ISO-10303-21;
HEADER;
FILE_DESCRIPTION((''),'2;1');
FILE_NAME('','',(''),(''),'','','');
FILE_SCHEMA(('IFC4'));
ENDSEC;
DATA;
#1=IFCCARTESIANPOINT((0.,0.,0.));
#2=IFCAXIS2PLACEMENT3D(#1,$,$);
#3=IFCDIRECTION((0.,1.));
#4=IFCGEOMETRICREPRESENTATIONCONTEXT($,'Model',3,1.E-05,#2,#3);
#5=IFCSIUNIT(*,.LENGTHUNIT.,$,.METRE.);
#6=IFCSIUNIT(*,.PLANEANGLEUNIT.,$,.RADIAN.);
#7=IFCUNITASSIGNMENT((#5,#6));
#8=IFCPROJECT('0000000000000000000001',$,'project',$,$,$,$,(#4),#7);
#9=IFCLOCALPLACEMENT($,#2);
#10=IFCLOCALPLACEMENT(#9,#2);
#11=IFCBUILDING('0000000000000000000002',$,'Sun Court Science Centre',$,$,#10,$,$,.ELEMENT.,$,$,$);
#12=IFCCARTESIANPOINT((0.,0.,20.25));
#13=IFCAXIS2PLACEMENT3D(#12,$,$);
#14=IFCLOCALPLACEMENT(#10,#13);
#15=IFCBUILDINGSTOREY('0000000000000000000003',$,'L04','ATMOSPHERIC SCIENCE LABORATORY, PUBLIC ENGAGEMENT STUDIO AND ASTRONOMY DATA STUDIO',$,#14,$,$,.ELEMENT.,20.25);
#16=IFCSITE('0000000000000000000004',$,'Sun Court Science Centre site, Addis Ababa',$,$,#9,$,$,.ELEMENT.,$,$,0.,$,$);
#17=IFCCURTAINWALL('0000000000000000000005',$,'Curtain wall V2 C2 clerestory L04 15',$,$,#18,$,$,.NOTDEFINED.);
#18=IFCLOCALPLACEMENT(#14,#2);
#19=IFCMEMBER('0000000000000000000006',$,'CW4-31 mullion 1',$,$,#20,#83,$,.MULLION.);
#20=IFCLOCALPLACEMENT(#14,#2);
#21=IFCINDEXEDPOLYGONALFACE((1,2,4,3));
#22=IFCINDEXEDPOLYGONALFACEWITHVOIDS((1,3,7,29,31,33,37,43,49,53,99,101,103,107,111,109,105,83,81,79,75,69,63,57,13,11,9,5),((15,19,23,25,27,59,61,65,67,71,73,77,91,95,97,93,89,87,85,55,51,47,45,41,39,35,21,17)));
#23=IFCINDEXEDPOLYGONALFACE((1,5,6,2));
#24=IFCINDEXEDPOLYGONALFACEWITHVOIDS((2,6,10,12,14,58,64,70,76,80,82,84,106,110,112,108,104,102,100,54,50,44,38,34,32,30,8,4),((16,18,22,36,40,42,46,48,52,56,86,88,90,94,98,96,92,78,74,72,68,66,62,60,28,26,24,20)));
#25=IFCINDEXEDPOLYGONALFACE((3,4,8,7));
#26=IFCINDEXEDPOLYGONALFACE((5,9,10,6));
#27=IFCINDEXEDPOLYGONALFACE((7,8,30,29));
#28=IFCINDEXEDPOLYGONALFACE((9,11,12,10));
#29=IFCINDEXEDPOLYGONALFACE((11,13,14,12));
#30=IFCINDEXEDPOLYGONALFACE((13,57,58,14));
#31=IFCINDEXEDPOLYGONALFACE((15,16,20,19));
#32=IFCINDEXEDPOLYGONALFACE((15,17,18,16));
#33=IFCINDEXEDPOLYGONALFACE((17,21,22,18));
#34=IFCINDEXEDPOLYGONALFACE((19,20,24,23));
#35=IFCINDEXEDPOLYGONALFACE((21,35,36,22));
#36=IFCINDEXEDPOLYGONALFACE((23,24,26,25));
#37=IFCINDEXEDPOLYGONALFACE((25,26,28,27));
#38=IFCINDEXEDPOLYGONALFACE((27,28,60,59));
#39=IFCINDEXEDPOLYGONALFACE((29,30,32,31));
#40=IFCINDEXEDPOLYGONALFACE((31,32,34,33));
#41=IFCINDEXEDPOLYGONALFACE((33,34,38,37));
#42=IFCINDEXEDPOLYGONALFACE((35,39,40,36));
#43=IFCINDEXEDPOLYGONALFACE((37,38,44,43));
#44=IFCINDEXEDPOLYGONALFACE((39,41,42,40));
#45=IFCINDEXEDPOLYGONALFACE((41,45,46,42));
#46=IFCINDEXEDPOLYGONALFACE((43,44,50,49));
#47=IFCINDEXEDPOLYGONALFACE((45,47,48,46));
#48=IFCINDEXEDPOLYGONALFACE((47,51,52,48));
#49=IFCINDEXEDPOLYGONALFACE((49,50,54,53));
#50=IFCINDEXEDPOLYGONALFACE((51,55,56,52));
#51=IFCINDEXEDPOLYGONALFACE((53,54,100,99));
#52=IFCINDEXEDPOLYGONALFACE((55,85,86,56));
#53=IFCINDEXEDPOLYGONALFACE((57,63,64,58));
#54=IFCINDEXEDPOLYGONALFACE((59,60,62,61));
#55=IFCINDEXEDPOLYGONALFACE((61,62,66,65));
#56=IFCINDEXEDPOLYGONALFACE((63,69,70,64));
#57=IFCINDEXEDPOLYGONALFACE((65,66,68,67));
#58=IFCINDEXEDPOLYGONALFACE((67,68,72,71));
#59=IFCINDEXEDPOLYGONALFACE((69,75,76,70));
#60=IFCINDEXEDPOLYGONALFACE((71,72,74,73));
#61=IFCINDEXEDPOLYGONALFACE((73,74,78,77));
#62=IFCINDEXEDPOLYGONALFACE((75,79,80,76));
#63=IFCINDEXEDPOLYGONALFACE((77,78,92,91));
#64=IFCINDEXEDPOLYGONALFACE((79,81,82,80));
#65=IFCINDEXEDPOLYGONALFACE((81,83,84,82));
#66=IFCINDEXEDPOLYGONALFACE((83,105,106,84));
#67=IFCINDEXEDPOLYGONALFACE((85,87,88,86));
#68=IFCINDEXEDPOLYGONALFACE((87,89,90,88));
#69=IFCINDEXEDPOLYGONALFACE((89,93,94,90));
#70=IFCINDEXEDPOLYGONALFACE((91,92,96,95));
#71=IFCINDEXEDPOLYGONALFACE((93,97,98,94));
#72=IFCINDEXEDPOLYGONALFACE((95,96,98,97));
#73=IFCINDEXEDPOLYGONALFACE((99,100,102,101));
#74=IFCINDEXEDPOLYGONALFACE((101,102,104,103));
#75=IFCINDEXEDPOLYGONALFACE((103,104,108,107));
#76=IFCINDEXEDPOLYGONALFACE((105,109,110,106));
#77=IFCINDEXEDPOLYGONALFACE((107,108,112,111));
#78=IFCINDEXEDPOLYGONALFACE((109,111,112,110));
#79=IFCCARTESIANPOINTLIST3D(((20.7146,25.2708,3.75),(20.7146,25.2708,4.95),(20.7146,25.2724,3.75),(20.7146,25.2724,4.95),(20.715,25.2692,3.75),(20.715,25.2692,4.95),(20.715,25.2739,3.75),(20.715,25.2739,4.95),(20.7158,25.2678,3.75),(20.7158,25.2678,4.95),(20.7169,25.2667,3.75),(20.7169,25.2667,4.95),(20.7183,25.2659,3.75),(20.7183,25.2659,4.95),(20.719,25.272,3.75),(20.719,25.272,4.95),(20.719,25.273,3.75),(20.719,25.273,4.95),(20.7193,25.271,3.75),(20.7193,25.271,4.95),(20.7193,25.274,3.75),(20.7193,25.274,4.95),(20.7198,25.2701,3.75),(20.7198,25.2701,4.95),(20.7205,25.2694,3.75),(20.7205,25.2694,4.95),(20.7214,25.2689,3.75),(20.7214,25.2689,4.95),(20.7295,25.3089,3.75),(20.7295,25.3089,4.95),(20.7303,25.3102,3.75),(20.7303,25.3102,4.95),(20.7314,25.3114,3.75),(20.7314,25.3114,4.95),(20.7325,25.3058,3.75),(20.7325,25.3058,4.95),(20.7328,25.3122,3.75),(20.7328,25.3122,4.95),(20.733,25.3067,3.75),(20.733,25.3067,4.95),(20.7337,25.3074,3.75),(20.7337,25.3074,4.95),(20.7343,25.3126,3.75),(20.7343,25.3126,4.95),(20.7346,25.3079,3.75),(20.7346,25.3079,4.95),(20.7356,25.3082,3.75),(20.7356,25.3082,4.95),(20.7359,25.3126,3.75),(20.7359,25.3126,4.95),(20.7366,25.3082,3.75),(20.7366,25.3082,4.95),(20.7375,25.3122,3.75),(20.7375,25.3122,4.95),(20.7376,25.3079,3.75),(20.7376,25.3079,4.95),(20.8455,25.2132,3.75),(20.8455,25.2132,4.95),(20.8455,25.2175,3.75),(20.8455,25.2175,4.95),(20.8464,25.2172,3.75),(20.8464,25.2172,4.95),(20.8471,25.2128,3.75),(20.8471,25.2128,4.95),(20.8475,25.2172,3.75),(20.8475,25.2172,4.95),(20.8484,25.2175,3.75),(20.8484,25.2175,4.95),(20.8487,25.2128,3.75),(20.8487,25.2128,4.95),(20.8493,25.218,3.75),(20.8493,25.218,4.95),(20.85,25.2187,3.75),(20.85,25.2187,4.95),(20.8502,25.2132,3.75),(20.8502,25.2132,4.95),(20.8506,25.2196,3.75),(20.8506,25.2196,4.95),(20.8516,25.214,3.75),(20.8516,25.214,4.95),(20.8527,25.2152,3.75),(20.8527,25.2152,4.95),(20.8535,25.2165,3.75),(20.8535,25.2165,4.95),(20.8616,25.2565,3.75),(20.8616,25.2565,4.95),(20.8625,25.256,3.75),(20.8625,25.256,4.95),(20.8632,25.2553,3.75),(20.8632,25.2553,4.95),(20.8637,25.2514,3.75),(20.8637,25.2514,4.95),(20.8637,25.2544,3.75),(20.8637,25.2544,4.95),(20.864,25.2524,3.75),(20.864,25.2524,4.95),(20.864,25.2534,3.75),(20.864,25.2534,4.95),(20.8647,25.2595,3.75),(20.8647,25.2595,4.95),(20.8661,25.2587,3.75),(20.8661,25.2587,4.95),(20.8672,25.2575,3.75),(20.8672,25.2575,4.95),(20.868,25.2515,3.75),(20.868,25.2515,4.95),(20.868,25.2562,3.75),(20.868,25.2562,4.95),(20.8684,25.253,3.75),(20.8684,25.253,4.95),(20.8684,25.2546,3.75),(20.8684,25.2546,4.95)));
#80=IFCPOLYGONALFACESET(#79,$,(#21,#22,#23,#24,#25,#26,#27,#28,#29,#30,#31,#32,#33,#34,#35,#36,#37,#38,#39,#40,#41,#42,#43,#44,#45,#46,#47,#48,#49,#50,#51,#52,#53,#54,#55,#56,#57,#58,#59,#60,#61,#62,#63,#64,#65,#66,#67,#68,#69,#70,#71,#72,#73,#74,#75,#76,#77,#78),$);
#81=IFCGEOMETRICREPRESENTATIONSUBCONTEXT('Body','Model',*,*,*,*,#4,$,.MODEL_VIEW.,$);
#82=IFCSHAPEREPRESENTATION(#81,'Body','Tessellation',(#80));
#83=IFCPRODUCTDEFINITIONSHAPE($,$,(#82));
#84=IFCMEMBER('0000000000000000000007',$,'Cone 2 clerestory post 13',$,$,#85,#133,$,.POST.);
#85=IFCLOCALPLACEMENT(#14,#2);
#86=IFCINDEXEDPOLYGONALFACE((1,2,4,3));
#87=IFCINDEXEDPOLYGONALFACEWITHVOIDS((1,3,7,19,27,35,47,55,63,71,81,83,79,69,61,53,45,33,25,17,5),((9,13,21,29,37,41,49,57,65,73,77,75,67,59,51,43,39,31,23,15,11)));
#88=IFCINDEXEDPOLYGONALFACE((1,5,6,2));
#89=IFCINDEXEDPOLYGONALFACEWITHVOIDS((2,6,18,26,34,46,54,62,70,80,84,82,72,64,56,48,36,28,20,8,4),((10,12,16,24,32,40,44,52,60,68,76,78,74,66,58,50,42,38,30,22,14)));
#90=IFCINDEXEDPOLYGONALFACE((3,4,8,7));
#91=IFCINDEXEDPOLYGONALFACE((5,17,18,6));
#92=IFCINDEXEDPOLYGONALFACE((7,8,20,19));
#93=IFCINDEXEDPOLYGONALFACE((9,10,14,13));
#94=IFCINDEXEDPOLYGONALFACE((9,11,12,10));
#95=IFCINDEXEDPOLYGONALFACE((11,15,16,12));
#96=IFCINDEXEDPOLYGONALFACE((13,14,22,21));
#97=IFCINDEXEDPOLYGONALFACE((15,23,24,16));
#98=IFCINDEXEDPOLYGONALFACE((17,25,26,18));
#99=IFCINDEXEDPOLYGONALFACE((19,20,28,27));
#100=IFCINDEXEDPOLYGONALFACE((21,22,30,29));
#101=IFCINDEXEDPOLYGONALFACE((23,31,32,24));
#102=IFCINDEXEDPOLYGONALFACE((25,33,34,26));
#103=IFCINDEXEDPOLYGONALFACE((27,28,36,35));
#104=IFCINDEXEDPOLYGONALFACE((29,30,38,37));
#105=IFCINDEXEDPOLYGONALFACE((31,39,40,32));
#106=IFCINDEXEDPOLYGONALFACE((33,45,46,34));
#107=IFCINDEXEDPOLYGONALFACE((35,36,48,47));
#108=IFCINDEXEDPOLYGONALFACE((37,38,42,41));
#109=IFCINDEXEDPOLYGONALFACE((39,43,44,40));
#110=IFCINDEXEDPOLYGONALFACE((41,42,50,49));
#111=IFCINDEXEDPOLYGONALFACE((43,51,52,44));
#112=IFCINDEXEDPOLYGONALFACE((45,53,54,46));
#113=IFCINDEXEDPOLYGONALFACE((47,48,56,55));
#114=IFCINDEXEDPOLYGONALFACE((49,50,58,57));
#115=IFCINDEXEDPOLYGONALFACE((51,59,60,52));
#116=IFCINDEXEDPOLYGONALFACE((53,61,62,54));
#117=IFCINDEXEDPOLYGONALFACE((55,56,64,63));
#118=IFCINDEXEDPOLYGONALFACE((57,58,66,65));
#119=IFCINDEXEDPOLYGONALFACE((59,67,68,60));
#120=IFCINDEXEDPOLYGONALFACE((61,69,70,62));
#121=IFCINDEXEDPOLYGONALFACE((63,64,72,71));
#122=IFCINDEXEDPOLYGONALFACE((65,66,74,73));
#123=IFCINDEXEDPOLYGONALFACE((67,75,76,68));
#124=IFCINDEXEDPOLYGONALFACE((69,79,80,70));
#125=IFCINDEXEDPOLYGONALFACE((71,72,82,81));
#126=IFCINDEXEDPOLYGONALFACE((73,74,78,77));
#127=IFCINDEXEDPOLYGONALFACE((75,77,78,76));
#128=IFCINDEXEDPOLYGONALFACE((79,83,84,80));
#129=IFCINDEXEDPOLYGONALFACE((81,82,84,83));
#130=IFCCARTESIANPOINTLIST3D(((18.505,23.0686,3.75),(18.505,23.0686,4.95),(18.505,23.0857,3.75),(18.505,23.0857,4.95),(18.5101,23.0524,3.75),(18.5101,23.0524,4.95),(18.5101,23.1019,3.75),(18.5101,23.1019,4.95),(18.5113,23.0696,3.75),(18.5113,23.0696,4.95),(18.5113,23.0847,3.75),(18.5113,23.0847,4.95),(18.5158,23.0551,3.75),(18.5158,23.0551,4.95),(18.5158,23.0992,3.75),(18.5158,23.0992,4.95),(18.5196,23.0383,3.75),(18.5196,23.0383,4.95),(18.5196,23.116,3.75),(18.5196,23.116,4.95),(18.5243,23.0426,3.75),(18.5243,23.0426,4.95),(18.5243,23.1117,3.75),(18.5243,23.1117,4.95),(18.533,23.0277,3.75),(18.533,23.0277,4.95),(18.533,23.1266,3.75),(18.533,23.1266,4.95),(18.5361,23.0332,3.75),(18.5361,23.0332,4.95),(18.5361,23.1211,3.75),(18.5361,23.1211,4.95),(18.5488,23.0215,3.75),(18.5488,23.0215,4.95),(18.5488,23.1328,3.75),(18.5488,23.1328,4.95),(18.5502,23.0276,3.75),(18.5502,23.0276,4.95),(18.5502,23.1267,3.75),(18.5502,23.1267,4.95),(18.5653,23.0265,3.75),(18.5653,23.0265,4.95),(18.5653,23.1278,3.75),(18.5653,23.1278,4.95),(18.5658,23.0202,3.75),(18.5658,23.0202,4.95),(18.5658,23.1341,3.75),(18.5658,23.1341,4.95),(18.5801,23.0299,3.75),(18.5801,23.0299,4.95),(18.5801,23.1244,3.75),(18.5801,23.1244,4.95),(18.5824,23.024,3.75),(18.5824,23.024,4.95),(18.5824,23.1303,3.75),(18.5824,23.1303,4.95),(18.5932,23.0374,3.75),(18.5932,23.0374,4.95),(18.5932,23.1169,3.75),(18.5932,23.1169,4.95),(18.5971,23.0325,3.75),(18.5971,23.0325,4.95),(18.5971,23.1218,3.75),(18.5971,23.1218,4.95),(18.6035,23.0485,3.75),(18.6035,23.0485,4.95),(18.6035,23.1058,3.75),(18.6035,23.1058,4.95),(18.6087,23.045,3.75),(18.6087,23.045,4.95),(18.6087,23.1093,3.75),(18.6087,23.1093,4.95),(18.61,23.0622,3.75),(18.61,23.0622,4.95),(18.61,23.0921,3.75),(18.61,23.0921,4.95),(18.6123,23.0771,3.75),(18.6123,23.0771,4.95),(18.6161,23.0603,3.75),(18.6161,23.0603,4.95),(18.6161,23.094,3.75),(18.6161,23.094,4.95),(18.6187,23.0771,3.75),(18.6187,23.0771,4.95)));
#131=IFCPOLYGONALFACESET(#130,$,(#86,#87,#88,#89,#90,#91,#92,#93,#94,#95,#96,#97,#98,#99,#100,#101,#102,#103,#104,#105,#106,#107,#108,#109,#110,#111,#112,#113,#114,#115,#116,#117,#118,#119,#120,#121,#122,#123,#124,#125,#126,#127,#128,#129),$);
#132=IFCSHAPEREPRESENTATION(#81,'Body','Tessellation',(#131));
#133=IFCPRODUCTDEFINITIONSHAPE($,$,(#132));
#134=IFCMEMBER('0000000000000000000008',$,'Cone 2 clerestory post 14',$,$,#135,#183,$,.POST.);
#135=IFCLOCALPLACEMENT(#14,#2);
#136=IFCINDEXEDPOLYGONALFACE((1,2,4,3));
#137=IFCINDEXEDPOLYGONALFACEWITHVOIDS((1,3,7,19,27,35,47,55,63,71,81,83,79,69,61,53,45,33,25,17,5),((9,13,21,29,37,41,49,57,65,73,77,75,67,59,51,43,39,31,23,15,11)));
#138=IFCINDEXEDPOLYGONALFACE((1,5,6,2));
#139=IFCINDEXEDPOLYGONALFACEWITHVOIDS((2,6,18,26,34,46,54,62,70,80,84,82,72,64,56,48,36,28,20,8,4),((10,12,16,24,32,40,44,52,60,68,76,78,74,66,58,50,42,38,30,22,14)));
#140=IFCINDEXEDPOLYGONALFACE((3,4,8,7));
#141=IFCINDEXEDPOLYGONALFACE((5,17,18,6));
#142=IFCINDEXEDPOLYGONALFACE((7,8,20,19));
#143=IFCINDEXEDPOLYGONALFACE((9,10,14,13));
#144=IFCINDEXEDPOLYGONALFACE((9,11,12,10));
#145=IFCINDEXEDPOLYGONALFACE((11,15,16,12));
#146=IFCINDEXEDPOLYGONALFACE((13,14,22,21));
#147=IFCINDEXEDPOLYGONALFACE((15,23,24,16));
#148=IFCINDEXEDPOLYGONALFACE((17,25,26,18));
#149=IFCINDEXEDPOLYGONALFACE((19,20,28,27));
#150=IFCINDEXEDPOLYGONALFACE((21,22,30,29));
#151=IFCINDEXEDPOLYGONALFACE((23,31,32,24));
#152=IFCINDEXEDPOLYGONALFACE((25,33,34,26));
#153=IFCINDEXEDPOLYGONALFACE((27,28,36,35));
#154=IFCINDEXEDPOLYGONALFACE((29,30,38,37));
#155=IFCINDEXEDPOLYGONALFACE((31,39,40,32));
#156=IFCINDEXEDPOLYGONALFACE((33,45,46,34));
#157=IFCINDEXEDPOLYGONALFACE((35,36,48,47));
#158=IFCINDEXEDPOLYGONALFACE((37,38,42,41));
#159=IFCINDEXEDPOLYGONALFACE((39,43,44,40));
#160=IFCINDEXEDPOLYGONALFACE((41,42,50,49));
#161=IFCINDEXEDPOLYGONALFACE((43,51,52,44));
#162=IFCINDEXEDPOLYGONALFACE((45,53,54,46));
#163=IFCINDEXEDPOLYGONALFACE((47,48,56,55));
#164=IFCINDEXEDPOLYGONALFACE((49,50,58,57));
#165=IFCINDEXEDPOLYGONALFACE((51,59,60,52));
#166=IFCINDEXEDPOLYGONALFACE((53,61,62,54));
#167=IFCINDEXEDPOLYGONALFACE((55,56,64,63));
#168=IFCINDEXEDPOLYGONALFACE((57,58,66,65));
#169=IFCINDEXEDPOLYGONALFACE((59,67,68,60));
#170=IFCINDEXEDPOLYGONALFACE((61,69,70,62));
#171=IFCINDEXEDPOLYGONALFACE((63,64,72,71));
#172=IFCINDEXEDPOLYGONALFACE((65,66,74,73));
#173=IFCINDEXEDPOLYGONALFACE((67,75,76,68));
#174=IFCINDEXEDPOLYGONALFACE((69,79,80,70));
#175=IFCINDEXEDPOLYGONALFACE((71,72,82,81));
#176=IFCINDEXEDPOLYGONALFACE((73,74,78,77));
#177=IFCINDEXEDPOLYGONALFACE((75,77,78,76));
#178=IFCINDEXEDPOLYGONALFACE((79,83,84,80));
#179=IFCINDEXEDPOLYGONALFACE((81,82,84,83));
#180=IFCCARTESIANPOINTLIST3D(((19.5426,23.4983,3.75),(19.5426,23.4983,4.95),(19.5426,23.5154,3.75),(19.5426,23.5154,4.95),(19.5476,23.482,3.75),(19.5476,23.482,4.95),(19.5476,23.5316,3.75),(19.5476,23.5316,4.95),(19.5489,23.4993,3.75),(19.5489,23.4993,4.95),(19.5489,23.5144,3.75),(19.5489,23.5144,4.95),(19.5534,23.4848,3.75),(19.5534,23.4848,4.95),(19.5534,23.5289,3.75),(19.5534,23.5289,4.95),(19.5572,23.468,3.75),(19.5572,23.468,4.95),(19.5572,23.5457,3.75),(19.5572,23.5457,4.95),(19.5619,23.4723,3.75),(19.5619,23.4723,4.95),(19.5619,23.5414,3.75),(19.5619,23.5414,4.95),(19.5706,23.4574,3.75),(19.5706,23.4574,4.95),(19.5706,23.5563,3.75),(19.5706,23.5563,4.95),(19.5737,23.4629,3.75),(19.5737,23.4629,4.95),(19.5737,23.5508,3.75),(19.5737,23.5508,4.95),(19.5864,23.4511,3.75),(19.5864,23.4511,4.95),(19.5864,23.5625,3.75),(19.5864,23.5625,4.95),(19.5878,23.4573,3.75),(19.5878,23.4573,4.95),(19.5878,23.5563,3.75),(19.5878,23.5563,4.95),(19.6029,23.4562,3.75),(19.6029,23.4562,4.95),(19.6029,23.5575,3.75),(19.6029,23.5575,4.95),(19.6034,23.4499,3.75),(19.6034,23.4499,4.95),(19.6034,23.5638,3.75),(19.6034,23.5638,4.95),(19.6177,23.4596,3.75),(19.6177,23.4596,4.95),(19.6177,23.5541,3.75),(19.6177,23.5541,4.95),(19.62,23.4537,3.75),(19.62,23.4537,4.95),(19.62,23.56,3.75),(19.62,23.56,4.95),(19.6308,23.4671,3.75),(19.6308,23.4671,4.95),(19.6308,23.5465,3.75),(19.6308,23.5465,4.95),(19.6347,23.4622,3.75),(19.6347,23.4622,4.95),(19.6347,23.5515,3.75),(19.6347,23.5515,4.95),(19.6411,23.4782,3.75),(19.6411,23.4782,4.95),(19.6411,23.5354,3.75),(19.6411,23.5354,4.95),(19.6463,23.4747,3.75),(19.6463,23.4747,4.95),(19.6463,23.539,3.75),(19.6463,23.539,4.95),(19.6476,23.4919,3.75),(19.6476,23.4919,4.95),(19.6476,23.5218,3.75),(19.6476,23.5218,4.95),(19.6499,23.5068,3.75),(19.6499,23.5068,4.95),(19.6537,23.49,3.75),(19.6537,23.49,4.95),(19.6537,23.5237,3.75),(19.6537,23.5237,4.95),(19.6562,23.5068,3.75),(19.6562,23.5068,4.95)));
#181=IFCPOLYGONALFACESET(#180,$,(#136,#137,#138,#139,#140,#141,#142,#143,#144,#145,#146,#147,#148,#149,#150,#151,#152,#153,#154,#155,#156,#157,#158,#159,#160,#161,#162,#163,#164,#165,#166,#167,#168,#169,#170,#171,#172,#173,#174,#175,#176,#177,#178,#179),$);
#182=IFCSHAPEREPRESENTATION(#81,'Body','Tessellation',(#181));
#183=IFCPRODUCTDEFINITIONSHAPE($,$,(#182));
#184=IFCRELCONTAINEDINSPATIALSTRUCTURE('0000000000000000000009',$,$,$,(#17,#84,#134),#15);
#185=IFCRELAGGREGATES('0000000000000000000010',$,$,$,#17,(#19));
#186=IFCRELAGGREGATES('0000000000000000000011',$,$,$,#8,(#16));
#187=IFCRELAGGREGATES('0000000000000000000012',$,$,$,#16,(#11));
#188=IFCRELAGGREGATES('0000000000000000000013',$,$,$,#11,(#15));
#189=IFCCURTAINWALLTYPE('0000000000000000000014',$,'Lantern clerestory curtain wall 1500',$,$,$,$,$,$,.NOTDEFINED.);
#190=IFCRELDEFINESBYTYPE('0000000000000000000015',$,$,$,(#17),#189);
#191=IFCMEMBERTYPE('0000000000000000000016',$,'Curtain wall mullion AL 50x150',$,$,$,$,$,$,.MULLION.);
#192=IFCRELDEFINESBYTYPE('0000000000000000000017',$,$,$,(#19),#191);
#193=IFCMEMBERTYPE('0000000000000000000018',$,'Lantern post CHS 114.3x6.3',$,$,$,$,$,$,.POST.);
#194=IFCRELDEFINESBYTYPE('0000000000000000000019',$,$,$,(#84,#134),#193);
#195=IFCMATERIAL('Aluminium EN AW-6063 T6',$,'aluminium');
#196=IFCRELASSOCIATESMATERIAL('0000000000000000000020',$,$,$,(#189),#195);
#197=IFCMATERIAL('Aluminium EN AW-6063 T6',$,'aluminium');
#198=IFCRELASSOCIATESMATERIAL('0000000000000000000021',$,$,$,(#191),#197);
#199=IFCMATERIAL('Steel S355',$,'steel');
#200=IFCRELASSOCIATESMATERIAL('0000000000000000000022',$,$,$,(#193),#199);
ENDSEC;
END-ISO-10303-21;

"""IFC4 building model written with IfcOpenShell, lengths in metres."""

from ifc_helpers import new_model, si_unit, direction, frame, origin, origin_2d, place, context, subcontext, project, spatial, hollow_rectangle, hollow_circle, extrude, material, material_profile, profile_set, type_object, element, aggregate, save


model = new_model("IFC4")

# Units and contexts
model_context = context("Model", 3, precision=1e-05, world=origin(), true_north=direction((0.0, 1.0)))
body_context = subcontext(model_context, "Body", "Model", "MODEL_VIEW")
ifc_project = project(units=[si_unit("LENGTHUNIT", "METRE"), si_unit("PLANEANGLEUNIT", "RADIAN")], contexts=[model_context])

# Site, building, storey
site_placement = place(None, origin())
site = spatial("IfcSite", under=ifc_project, at=site_placement, Name="Sun Court Science Centre site, Addis Ababa", CompositionType="ELEMENT", RefElevation=0.0)
building_placement = place(site_placement, origin())
building = spatial("IfcBuilding", under=site, at=building_placement, Name="Sun Court Science Centre", CompositionType="ELEMENT")
storey_placement = place(building_placement, frame((0.0, 0.0, 20.25)))
storey = spatial("IfcBuildingStorey", under=building, at=storey_placement, Name="L04", Description="ATMOSPHERIC SCIENCE LABORATORY, PUBLIC ENGAGEMENT STUDIO AND ASTRONOMY DATA STUDIO", CompositionType="ELEMENT", Elevation=20.25)

# Shared definitions
ifc_material_1 = material(Name="Aluminium EN AW-6063 T6", Category="aluminium")
curtain_wall_type = type_object("IfcCurtainWallType", Name="Lantern clerestory curtain wall 1500", PredefinedType="NOTDEFINED", material=ifc_material_1)
ifc_material_2 = material(Name="Aluminium EN AW-6063 T6", Category="aluminium")
ifc_material_profile_1 = material_profile(ifc_material_2, hollow_rectangle(XDim=0.05, YDim=0.1499, WallThickness=0.0039, InnerFilletRadius=0.0039, OuterFilletRadius=0.0061, at=origin_2d()), Name="AL 50x150x4")
ifc_profile_set_1 = profile_set([ifc_material_profile_1], Name="Aluminium EN AW-6063 T6")
member_type_1 = type_object("IfcMemberType", Name="Curtain wall mullion AL 50x150", PredefinedType="MULLION", material=ifc_profile_set_1)

# Curtain wall, member
curtain_wall_1_placement = place(storey_placement, origin())
curtain_wall_1 = element("IfcCurtainWall", 1, at=curtain_wall_1_placement, inside=storey, type_object=curtain_wall_type, Name="Curtain wall V2 C2 clerestory L04 15", PredefinedType="NOTDEFINED")
member_1_placement = place(storey_placement, frame((20.7915, 25.2627, 3.75), z_axis=(0.0, 0.0, 1.0), x_axis=(-0.382683, -0.92388, 0.0)))
member_1 = element("IfcMember", 2, at=member_1_placement, type_object=member_type_1, Name="CW4-31 mullion 1", PredefinedType="MULLION", context=body_context, shape_type="SweptSolid", body=[
    extrude(hollow_rectangle(XDim=0.05, YDim=0.1499, WallThickness=0.0039, InnerFilletRadius=0.0039, OuterFilletRadius=0.0061, at=origin_2d()), origin(), (0.0, 0.0, 1.0), 1.2),
])
aggregate(curtain_wall_1, [member_1])

# Members
ifc_material_3 = material(Name="Steel S355", Category="steel")
ifc_material_profile_2 = material_profile(ifc_material_3, hollow_circle(Radius=0.0571, WallThickness=0.0063, at=origin_2d()), Name="CHS 114.3x6.3")
ifc_profile_set_2 = profile_set([ifc_material_profile_2], Name="Steel S355")
member_type_2 = type_object("IfcMemberType", Name="Lantern post CHS 114.3x6.3", PredefinedType="POST", material=ifc_profile_set_2)
for number, where, z_axis, x_axis, name in (
    (3, (18.5615, 23.0771, 3.75), (0.0, 0.0, 1.0), (1.0, 0.0, 0.0), "Cone 2 clerestory post 13"),
    (4, (19.5991, 23.5068, 3.75), (0.0, 0.0, 1.0), (1.0, 0.0, 0.0), "Cone 2 clerestory post 14"),
):
    element("IfcMember", number, at=place(storey_placement, frame(where, z_axis=z_axis, x_axis=x_axis)), inside=storey, type_object=member_type_2, Name=name, PredefinedType="POST", context=body_context, shape_type="SweptSolid", body=[
        extrude(hollow_circle(Radius=0.0571, WallThickness=0.0063, at=origin_2d()), origin(), (0.0, 0.0, 1.0), 1.2),
    ])

save(model, "model.ifc")
